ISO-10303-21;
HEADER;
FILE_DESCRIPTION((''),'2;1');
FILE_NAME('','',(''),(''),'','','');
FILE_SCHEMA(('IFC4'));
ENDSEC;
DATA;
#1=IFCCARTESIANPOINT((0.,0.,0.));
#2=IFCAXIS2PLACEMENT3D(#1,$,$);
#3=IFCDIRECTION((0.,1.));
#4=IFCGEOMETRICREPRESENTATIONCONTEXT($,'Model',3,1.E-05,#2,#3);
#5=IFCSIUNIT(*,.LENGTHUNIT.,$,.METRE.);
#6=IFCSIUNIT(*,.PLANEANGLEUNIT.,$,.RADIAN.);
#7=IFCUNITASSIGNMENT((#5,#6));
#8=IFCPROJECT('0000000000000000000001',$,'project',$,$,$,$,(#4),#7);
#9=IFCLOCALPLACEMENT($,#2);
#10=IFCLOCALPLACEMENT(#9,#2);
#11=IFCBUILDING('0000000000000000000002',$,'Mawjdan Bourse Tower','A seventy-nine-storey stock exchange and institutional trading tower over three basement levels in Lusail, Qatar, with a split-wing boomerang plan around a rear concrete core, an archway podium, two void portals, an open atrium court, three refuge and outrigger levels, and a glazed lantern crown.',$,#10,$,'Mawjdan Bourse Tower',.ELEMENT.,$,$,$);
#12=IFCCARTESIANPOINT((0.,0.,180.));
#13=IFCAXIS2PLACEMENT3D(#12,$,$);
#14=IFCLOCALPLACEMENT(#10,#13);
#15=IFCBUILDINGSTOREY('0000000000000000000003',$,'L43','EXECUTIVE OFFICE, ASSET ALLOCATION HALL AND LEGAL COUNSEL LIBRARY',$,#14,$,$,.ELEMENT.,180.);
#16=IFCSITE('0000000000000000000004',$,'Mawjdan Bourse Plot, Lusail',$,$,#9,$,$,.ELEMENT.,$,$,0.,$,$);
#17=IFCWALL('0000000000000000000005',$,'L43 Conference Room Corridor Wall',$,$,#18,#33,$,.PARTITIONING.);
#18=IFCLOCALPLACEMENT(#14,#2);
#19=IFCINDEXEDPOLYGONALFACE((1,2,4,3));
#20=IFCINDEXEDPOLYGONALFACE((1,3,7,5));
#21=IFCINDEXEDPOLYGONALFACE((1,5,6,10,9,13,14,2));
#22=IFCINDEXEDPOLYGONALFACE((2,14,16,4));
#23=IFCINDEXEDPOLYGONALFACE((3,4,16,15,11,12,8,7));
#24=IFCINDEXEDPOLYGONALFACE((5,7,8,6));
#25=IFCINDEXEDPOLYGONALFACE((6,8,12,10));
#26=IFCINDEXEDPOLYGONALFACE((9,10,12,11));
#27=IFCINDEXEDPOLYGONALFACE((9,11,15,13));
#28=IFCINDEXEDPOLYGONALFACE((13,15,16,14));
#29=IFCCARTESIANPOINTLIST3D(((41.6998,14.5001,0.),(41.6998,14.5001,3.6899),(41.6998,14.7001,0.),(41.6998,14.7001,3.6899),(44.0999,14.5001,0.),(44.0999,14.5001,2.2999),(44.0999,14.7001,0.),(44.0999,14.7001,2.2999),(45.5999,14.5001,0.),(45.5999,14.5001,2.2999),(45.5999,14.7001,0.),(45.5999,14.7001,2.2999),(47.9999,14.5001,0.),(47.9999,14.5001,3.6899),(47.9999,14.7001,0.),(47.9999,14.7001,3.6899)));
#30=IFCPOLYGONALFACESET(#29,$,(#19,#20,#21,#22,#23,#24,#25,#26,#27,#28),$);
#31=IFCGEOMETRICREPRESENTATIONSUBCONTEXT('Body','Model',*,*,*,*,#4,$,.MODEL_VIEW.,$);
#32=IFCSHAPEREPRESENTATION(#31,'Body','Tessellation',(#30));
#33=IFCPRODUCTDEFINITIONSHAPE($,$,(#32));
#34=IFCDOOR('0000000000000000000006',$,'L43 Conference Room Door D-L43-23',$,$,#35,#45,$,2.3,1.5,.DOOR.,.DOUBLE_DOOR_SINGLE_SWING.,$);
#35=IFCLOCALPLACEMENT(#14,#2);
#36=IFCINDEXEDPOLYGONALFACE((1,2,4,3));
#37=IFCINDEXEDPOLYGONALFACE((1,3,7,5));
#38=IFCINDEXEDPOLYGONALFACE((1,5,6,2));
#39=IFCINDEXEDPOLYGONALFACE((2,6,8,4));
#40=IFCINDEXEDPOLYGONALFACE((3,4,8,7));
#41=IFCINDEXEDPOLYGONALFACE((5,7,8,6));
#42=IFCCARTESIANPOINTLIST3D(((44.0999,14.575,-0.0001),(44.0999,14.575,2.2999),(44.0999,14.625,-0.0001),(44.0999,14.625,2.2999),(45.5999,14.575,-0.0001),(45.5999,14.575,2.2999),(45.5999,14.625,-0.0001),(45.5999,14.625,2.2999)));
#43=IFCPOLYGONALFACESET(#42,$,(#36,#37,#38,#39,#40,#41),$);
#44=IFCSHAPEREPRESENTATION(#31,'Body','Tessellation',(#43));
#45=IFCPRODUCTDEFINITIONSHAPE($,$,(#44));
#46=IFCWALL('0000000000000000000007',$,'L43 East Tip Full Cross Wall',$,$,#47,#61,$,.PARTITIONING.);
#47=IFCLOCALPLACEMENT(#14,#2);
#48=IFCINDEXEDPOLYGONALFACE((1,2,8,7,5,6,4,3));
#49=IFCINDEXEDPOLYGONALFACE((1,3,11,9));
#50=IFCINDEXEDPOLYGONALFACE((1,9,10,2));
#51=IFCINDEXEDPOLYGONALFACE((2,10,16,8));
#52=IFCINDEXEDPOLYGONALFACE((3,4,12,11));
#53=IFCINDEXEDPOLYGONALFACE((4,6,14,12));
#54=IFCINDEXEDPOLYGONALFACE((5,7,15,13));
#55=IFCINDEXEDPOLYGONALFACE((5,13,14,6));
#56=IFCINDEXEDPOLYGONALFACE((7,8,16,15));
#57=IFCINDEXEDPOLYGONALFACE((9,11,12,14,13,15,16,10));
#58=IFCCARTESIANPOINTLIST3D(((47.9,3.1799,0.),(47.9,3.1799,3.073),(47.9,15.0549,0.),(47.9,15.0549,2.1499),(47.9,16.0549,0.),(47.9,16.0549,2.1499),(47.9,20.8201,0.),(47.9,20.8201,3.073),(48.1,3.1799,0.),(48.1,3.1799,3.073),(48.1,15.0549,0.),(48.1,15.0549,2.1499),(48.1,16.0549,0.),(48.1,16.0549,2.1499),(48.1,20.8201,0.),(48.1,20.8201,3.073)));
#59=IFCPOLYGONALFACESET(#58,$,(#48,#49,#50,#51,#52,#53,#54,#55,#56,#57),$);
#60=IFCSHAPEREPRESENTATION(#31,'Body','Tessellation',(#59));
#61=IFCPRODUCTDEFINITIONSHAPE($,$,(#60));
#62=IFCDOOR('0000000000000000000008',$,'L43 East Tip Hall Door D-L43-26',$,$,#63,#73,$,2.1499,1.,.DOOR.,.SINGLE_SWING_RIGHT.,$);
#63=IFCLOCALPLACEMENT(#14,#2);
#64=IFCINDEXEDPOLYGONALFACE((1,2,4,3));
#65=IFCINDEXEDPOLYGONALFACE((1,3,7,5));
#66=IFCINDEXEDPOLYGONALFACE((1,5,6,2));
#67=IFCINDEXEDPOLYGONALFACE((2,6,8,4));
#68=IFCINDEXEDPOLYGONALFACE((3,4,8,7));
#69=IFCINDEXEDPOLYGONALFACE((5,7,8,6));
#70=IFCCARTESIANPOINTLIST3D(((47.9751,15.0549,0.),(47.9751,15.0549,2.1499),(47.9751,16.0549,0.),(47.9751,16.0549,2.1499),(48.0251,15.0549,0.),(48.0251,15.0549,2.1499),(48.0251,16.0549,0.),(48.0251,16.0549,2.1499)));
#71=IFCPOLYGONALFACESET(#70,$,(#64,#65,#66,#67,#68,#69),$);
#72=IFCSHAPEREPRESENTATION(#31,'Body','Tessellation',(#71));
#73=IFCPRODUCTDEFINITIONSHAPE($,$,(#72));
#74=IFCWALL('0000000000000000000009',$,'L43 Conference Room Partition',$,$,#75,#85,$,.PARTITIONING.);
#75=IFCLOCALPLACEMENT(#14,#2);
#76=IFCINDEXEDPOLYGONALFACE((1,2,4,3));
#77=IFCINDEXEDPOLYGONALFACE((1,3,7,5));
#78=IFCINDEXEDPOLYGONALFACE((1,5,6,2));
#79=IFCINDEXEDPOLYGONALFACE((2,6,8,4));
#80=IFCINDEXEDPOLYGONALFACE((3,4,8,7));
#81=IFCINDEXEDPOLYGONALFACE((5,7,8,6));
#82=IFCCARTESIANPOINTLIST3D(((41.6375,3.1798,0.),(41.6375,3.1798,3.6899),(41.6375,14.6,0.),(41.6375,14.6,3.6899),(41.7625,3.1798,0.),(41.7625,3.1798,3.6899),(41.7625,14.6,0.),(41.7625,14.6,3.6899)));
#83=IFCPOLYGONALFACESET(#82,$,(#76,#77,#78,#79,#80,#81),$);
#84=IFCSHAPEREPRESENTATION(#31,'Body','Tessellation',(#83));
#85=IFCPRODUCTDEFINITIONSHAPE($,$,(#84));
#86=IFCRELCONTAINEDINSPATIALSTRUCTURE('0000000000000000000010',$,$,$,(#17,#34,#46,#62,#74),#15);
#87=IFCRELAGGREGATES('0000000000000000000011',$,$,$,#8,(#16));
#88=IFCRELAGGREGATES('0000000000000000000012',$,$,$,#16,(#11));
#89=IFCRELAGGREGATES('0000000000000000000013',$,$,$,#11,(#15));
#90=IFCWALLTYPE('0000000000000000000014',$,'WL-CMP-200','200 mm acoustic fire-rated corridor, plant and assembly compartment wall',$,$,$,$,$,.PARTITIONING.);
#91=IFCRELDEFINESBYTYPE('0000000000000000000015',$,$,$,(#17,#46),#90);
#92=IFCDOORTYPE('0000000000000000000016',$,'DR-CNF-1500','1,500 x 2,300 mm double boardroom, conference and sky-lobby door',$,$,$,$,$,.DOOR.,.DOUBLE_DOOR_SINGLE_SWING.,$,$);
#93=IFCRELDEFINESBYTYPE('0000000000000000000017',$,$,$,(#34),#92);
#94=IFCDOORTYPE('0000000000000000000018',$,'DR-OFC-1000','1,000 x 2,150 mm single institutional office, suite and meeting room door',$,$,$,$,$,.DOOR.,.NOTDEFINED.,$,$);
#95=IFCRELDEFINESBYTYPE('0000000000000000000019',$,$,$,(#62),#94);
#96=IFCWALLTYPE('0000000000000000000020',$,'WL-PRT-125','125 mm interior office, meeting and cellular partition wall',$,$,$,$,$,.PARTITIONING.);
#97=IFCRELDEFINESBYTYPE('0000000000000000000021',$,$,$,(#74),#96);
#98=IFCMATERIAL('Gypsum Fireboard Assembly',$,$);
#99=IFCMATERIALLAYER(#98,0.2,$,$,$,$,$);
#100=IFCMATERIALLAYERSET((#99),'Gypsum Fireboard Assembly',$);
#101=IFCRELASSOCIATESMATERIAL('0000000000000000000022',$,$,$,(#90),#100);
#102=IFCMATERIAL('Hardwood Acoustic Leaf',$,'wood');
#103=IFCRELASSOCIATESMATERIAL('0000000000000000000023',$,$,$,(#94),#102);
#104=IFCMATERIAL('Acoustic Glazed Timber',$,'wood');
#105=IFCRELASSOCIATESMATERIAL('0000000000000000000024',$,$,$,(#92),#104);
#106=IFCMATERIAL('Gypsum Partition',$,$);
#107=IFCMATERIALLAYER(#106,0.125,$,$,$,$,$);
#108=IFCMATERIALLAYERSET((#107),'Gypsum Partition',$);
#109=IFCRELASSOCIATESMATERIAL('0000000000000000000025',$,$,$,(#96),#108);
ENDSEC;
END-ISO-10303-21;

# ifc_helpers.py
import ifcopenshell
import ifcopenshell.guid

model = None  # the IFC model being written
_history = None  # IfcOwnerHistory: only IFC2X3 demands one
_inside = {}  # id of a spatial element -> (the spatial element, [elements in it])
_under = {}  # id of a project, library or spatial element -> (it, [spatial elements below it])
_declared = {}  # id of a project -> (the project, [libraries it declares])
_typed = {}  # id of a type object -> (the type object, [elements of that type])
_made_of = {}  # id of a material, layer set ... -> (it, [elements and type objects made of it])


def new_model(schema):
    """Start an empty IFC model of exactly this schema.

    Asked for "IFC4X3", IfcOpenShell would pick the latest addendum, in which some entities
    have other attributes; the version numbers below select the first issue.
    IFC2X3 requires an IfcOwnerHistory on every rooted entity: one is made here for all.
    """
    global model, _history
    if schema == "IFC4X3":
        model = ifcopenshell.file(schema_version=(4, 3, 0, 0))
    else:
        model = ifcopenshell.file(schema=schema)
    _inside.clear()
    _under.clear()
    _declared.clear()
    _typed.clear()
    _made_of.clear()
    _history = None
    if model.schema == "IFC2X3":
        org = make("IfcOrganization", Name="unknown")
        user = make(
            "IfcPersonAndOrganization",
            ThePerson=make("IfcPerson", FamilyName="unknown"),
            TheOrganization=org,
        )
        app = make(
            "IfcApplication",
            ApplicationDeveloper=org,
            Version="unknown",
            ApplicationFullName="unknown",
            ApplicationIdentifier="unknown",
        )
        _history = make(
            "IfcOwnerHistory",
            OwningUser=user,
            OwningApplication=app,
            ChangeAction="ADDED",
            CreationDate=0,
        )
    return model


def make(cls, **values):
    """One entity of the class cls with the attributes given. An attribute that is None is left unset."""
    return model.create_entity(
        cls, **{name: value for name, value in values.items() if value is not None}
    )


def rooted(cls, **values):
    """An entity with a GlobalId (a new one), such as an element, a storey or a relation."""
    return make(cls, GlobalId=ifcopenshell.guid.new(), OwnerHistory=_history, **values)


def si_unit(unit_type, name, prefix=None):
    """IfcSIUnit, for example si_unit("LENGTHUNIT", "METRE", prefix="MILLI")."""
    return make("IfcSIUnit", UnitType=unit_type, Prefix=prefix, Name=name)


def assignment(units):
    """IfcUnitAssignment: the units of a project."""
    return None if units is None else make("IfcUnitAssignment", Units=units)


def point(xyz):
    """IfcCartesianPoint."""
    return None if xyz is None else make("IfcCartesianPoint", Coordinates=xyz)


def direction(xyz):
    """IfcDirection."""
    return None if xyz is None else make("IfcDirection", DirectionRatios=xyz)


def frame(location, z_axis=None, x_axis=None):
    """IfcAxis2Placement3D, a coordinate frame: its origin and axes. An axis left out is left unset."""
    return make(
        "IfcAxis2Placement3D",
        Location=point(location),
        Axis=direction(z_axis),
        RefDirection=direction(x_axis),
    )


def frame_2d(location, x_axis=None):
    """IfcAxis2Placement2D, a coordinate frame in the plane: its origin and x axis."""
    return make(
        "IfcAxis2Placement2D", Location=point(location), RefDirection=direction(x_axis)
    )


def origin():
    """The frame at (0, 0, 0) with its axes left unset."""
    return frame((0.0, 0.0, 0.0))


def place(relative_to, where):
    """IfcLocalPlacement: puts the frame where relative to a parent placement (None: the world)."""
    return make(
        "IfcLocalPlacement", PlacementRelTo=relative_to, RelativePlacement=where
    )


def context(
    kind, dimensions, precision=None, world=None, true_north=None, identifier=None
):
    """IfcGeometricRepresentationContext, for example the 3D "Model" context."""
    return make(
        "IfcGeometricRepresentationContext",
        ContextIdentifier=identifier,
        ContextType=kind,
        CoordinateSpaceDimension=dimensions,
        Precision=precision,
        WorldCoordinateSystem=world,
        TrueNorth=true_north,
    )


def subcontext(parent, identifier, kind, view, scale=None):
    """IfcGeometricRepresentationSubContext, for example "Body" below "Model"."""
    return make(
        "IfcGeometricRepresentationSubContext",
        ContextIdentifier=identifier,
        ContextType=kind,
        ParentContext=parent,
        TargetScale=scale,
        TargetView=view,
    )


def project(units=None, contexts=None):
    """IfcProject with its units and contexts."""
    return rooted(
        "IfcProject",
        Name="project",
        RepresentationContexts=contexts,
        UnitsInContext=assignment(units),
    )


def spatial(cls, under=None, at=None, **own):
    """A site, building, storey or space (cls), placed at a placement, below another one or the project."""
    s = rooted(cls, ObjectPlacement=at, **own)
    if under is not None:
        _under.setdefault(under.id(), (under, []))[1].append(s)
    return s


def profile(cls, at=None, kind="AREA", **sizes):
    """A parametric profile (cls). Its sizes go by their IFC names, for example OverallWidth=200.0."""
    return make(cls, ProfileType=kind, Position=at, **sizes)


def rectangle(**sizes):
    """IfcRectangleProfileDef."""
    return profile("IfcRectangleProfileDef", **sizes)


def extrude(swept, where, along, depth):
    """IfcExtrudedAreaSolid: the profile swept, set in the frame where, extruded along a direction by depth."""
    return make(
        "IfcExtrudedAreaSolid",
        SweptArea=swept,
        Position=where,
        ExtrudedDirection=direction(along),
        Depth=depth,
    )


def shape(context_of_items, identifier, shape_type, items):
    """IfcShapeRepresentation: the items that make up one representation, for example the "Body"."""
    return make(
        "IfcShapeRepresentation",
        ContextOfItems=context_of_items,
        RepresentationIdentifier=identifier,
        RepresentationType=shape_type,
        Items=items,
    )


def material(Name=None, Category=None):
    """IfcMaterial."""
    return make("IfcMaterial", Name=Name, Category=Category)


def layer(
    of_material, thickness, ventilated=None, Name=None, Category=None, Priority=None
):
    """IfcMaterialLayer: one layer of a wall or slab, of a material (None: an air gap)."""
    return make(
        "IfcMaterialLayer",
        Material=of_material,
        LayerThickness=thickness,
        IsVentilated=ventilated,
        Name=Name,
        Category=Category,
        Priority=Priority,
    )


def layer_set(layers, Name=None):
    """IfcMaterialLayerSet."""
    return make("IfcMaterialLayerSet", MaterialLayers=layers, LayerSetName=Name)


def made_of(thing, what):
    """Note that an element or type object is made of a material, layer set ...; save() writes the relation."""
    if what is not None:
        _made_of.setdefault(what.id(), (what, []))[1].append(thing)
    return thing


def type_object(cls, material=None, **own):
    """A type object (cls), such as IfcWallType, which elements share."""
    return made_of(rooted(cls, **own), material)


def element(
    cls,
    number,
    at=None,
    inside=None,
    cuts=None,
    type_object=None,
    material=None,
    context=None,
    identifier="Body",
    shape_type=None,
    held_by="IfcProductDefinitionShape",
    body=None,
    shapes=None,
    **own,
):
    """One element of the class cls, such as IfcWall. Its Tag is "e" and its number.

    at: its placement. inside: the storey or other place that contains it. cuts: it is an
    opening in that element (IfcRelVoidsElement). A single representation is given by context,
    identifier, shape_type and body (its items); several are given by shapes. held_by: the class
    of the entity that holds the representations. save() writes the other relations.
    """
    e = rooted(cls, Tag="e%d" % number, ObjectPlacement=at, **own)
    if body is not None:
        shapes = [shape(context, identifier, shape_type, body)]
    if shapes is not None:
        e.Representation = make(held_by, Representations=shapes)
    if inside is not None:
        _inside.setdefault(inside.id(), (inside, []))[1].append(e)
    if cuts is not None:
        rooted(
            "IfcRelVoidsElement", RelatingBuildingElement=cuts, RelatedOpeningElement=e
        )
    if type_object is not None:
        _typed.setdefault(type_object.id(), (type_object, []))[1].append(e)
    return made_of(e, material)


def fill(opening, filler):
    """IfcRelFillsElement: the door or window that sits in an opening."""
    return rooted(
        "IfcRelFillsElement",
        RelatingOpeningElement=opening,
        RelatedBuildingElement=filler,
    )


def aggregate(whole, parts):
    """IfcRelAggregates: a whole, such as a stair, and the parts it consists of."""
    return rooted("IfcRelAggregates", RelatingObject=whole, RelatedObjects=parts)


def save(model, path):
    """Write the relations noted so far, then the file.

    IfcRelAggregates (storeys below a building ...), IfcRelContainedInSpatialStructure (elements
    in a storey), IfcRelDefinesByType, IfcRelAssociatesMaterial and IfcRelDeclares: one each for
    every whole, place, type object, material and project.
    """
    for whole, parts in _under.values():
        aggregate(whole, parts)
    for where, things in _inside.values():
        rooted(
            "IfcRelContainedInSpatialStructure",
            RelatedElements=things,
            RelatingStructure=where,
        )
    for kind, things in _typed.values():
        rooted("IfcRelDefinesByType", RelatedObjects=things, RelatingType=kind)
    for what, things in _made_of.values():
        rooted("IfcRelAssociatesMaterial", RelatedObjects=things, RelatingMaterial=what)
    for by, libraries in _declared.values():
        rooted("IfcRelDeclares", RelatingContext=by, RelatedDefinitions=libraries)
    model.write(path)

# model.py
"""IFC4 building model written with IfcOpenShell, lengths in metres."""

from ifc_helpers import new_model, si_unit, direction, frame, frame_2d, origin, place, context, subcontext, project, spatial, rectangle, extrude, material, layer, layer_set, type_object, element, fill, save


model = new_model("IFC4")

# Units and contexts
model_context = context("Model", 3, precision=1e-05, world=origin(), true_north=direction((0.0, 1.0)))
body_context = subcontext(model_context, "Body", "Model", "MODEL_VIEW")
ifc_project = project(units=[si_unit("LENGTHUNIT", "METRE"), si_unit("PLANEANGLEUNIT", "RADIAN")], contexts=[model_context])

# Site, building, storey
site_placement = place(None, origin())
site = spatial("IfcSite", under=ifc_project, at=site_placement, Name="Mawjdan Bourse Plot, Lusail", CompositionType="ELEMENT", RefElevation=0.0)
building_placement = place(site_placement, origin())
building = spatial("IfcBuilding", under=site, at=building_placement, Name="Mawjdan Bourse Tower", Description="A seventy-nine-storey stock exchange and institutional trading tower over three basement levels in Lusail, Qatar, with a split-wing boomerang plan around a rear concrete core, an archway podium, two void portals, an open atrium court, three refuge and outrigger levels, and a glazed lantern crown.", LongName="Mawjdan Bourse Tower", CompositionType="ELEMENT")
storey_placement = place(building_placement, frame((0.0, 0.0, 180.0)))
storey = spatial("IfcBuildingStorey", under=building, at=storey_placement, Name="L43", Description="EXECUTIVE OFFICE, ASSET ALLOCATION HALL AND LEGAL COUNSEL LIBRARY", CompositionType="ELEMENT", Elevation=180.0)

# Walls, openings, doors
ifc_material_1 = material(Name="Gypsum Fireboard Assembly")
ifc_layer_1 = layer(ifc_material_1, 0.2)
ifc_layer_set_1 = layer_set([ifc_layer_1], Name="Gypsum Fireboard Assembly")
wall_type_1 = type_object("IfcWallType", Name="WL-CMP-200", Description="200 mm acoustic fire-rated corridor, plant and assembly compartment wall", PredefinedType="PARTITIONING", material=ifc_layer_set_1)
ifc_material_2 = material(Name="Hardwood Acoustic Leaf", Category="wood")
door_type_1 = type_object("IfcDoorType", Name="DR-OFC-1000", Description="1,000 x 2,150 mm single institutional office, suite and meeting room door", OperationType="NOTDEFINED", PredefinedType="DOOR", material=ifc_material_2)
wall_1_placement = place(storey_placement, frame((41.7, 14.6001, 0.0), z_axis=(0.0, 0.0, 1.0), x_axis=(1.0, 0.0, 0.0)))
wall_1 = element("IfcWall", 1, at=wall_1_placement, inside=storey, type_object=wall_type_1, Name="L43 Conference Room Corridor Wall", PredefinedType="PARTITIONING", context=body_context, shape_type="SweptSolid", body=[
    extrude(rectangle(XDim=6.3, YDim=0.2, at=frame_2d((3.1499, 0.0))), origin(), (0.0, 0.0, 1.0), 3.6899),
])
opening_1_placement = place(wall_1_placement, frame((2.3999, 0.0, 0.0)))
opening_1 = element("IfcOpeningElement", 2, at=opening_1_placement, cuts=wall_1, PredefinedType="OPENING", context=body_context, shape_type="SweptSolid", body=[
    extrude(rectangle(XDim=1.5, YDim=2.3, at=frame_2d((0.75, 1.1499))), frame((0.0, 0.1099, 0.0), z_axis=(0.0, -1.0, 0.0), x_axis=(1.0, 0.0, 0.0)), (0.0, 0.0, 1.0), 0.22),
])
ifc_material_3 = material(Name="Acoustic Glazed Timber", Category="wood")
door_type_2 = type_object("IfcDoorType", Name="DR-CNF-1500", Description="1,500 x 2,300 mm double boardroom, conference and sky-lobby door", OperationType="DOUBLE_DOOR_SINGLE_SWING", PredefinedType="DOOR", material=ifc_material_3)
door_1_placement = place(opening_1_placement, origin())
door_1 = element("IfcDoor", 3, at=door_1_placement, inside=storey, type_object=door_type_2, Name="L43 Conference Room Door D-L43-23", OperationType="DOUBLE_DOOR_SINGLE_SWING", OverallHeight=2.3, OverallWidth=1.5, PredefinedType="DOOR", context=body_context, shape_type="SweptSolid", body=[
    extrude(rectangle(XDim=1.5, YDim=2.3, at=frame_2d((0.75, 1.1499))), frame((0.0, 0.0249, 0.0), z_axis=(0.0, -1.0, 0.0), x_axis=(1.0, 0.0, 0.0)), (0.0, 0.0, 1.0), 0.05),
])
fill(opening_1, door_1)
wall_2_placement = place(storey_placement, frame((48.0, 3.1799, 0.0), z_axis=(0.0, 0.0, 1.0), x_axis=(0.0, 1.0, 0.0)))
wall_2 = element("IfcWall", 4, at=wall_2_placement, inside=storey, type_object=wall_type_1, Name="L43 East Tip Full Cross Wall", PredefinedType="PARTITIONING", context=body_context, shape_type="SweptSolid", body=[
    extrude(rectangle(XDim=17.6401, YDim=0.2, at=frame_2d((8.8201, 0.0))), origin(), (0.0, 0.0, 1.0), 3.073),
])
opening_2_placement = place(wall_2_placement, frame((11.875, 0.0, 0.0)))
opening_2 = element("IfcOpeningElement", 5, at=opening_2_placement, cuts=wall_2, PredefinedType="OPENING", context=body_context, shape_type="SweptSolid", body=[
    extrude(rectangle(XDim=1.0, YDim=2.1499, at=frame_2d((0.5, 1.075))), frame((0.0, 0.1099, 0.0), z_axis=(0.0, -1.0, 0.0), x_axis=(1.0, 0.0, 0.0)), (0.0, 0.0, 1.0), 0.22),
])
door_2_placement = place(opening_2_placement, origin())
door_2 = element("IfcDoor", 6, at=door_2_placement, inside=storey, type_object=door_type_1, Name="L43 East Tip Hall Door D-L43-26", OperationType="SINGLE_SWING_RIGHT", OverallHeight=2.1499, OverallWidth=1.0, PredefinedType="DOOR", context=body_context, shape_type="SweptSolid", body=[
    extrude(rectangle(XDim=1.0, YDim=2.1499, at=frame_2d((0.5, 1.075))), frame((0.0, 0.0249, 0.0), z_axis=(0.0, -1.0, 0.0), x_axis=(1.0, 0.0, 0.0)), (0.0, 0.0, 1.0), 0.05),
])
fill(opening_2, door_2)

# Wall
ifc_material_4 = material(Name="Gypsum Partition")
ifc_layer_2 = layer(ifc_material_4, 0.125)
ifc_layer_set_2 = layer_set([ifc_layer_2], Name="Gypsum Partition")
wall_type_2 = type_object("IfcWallType", Name="WL-PRT-125", Description="125 mm interior office, meeting and cellular partition wall", PredefinedType="PARTITIONING", material=ifc_layer_set_2)
wall_3_placement = place(storey_placement, frame((41.7, 3.1799, 0.0), z_axis=(0.0, 0.0, 1.0), x_axis=(0.0, 1.0, 0.0)))
element("IfcWall", 7, at=wall_3_placement, inside=storey, type_object=wall_type_2, Name="L43 Conference Room Partition", PredefinedType="PARTITIONING", context=body_context, shape_type="SweptSolid", body=[
    extrude(rectangle(XDim=11.4202, YDim=0.125, at=frame_2d((5.71, 0.0))), origin(), (0.0, 0.0, 1.0), 3.6899),
])

save(model, "model.ifc")
